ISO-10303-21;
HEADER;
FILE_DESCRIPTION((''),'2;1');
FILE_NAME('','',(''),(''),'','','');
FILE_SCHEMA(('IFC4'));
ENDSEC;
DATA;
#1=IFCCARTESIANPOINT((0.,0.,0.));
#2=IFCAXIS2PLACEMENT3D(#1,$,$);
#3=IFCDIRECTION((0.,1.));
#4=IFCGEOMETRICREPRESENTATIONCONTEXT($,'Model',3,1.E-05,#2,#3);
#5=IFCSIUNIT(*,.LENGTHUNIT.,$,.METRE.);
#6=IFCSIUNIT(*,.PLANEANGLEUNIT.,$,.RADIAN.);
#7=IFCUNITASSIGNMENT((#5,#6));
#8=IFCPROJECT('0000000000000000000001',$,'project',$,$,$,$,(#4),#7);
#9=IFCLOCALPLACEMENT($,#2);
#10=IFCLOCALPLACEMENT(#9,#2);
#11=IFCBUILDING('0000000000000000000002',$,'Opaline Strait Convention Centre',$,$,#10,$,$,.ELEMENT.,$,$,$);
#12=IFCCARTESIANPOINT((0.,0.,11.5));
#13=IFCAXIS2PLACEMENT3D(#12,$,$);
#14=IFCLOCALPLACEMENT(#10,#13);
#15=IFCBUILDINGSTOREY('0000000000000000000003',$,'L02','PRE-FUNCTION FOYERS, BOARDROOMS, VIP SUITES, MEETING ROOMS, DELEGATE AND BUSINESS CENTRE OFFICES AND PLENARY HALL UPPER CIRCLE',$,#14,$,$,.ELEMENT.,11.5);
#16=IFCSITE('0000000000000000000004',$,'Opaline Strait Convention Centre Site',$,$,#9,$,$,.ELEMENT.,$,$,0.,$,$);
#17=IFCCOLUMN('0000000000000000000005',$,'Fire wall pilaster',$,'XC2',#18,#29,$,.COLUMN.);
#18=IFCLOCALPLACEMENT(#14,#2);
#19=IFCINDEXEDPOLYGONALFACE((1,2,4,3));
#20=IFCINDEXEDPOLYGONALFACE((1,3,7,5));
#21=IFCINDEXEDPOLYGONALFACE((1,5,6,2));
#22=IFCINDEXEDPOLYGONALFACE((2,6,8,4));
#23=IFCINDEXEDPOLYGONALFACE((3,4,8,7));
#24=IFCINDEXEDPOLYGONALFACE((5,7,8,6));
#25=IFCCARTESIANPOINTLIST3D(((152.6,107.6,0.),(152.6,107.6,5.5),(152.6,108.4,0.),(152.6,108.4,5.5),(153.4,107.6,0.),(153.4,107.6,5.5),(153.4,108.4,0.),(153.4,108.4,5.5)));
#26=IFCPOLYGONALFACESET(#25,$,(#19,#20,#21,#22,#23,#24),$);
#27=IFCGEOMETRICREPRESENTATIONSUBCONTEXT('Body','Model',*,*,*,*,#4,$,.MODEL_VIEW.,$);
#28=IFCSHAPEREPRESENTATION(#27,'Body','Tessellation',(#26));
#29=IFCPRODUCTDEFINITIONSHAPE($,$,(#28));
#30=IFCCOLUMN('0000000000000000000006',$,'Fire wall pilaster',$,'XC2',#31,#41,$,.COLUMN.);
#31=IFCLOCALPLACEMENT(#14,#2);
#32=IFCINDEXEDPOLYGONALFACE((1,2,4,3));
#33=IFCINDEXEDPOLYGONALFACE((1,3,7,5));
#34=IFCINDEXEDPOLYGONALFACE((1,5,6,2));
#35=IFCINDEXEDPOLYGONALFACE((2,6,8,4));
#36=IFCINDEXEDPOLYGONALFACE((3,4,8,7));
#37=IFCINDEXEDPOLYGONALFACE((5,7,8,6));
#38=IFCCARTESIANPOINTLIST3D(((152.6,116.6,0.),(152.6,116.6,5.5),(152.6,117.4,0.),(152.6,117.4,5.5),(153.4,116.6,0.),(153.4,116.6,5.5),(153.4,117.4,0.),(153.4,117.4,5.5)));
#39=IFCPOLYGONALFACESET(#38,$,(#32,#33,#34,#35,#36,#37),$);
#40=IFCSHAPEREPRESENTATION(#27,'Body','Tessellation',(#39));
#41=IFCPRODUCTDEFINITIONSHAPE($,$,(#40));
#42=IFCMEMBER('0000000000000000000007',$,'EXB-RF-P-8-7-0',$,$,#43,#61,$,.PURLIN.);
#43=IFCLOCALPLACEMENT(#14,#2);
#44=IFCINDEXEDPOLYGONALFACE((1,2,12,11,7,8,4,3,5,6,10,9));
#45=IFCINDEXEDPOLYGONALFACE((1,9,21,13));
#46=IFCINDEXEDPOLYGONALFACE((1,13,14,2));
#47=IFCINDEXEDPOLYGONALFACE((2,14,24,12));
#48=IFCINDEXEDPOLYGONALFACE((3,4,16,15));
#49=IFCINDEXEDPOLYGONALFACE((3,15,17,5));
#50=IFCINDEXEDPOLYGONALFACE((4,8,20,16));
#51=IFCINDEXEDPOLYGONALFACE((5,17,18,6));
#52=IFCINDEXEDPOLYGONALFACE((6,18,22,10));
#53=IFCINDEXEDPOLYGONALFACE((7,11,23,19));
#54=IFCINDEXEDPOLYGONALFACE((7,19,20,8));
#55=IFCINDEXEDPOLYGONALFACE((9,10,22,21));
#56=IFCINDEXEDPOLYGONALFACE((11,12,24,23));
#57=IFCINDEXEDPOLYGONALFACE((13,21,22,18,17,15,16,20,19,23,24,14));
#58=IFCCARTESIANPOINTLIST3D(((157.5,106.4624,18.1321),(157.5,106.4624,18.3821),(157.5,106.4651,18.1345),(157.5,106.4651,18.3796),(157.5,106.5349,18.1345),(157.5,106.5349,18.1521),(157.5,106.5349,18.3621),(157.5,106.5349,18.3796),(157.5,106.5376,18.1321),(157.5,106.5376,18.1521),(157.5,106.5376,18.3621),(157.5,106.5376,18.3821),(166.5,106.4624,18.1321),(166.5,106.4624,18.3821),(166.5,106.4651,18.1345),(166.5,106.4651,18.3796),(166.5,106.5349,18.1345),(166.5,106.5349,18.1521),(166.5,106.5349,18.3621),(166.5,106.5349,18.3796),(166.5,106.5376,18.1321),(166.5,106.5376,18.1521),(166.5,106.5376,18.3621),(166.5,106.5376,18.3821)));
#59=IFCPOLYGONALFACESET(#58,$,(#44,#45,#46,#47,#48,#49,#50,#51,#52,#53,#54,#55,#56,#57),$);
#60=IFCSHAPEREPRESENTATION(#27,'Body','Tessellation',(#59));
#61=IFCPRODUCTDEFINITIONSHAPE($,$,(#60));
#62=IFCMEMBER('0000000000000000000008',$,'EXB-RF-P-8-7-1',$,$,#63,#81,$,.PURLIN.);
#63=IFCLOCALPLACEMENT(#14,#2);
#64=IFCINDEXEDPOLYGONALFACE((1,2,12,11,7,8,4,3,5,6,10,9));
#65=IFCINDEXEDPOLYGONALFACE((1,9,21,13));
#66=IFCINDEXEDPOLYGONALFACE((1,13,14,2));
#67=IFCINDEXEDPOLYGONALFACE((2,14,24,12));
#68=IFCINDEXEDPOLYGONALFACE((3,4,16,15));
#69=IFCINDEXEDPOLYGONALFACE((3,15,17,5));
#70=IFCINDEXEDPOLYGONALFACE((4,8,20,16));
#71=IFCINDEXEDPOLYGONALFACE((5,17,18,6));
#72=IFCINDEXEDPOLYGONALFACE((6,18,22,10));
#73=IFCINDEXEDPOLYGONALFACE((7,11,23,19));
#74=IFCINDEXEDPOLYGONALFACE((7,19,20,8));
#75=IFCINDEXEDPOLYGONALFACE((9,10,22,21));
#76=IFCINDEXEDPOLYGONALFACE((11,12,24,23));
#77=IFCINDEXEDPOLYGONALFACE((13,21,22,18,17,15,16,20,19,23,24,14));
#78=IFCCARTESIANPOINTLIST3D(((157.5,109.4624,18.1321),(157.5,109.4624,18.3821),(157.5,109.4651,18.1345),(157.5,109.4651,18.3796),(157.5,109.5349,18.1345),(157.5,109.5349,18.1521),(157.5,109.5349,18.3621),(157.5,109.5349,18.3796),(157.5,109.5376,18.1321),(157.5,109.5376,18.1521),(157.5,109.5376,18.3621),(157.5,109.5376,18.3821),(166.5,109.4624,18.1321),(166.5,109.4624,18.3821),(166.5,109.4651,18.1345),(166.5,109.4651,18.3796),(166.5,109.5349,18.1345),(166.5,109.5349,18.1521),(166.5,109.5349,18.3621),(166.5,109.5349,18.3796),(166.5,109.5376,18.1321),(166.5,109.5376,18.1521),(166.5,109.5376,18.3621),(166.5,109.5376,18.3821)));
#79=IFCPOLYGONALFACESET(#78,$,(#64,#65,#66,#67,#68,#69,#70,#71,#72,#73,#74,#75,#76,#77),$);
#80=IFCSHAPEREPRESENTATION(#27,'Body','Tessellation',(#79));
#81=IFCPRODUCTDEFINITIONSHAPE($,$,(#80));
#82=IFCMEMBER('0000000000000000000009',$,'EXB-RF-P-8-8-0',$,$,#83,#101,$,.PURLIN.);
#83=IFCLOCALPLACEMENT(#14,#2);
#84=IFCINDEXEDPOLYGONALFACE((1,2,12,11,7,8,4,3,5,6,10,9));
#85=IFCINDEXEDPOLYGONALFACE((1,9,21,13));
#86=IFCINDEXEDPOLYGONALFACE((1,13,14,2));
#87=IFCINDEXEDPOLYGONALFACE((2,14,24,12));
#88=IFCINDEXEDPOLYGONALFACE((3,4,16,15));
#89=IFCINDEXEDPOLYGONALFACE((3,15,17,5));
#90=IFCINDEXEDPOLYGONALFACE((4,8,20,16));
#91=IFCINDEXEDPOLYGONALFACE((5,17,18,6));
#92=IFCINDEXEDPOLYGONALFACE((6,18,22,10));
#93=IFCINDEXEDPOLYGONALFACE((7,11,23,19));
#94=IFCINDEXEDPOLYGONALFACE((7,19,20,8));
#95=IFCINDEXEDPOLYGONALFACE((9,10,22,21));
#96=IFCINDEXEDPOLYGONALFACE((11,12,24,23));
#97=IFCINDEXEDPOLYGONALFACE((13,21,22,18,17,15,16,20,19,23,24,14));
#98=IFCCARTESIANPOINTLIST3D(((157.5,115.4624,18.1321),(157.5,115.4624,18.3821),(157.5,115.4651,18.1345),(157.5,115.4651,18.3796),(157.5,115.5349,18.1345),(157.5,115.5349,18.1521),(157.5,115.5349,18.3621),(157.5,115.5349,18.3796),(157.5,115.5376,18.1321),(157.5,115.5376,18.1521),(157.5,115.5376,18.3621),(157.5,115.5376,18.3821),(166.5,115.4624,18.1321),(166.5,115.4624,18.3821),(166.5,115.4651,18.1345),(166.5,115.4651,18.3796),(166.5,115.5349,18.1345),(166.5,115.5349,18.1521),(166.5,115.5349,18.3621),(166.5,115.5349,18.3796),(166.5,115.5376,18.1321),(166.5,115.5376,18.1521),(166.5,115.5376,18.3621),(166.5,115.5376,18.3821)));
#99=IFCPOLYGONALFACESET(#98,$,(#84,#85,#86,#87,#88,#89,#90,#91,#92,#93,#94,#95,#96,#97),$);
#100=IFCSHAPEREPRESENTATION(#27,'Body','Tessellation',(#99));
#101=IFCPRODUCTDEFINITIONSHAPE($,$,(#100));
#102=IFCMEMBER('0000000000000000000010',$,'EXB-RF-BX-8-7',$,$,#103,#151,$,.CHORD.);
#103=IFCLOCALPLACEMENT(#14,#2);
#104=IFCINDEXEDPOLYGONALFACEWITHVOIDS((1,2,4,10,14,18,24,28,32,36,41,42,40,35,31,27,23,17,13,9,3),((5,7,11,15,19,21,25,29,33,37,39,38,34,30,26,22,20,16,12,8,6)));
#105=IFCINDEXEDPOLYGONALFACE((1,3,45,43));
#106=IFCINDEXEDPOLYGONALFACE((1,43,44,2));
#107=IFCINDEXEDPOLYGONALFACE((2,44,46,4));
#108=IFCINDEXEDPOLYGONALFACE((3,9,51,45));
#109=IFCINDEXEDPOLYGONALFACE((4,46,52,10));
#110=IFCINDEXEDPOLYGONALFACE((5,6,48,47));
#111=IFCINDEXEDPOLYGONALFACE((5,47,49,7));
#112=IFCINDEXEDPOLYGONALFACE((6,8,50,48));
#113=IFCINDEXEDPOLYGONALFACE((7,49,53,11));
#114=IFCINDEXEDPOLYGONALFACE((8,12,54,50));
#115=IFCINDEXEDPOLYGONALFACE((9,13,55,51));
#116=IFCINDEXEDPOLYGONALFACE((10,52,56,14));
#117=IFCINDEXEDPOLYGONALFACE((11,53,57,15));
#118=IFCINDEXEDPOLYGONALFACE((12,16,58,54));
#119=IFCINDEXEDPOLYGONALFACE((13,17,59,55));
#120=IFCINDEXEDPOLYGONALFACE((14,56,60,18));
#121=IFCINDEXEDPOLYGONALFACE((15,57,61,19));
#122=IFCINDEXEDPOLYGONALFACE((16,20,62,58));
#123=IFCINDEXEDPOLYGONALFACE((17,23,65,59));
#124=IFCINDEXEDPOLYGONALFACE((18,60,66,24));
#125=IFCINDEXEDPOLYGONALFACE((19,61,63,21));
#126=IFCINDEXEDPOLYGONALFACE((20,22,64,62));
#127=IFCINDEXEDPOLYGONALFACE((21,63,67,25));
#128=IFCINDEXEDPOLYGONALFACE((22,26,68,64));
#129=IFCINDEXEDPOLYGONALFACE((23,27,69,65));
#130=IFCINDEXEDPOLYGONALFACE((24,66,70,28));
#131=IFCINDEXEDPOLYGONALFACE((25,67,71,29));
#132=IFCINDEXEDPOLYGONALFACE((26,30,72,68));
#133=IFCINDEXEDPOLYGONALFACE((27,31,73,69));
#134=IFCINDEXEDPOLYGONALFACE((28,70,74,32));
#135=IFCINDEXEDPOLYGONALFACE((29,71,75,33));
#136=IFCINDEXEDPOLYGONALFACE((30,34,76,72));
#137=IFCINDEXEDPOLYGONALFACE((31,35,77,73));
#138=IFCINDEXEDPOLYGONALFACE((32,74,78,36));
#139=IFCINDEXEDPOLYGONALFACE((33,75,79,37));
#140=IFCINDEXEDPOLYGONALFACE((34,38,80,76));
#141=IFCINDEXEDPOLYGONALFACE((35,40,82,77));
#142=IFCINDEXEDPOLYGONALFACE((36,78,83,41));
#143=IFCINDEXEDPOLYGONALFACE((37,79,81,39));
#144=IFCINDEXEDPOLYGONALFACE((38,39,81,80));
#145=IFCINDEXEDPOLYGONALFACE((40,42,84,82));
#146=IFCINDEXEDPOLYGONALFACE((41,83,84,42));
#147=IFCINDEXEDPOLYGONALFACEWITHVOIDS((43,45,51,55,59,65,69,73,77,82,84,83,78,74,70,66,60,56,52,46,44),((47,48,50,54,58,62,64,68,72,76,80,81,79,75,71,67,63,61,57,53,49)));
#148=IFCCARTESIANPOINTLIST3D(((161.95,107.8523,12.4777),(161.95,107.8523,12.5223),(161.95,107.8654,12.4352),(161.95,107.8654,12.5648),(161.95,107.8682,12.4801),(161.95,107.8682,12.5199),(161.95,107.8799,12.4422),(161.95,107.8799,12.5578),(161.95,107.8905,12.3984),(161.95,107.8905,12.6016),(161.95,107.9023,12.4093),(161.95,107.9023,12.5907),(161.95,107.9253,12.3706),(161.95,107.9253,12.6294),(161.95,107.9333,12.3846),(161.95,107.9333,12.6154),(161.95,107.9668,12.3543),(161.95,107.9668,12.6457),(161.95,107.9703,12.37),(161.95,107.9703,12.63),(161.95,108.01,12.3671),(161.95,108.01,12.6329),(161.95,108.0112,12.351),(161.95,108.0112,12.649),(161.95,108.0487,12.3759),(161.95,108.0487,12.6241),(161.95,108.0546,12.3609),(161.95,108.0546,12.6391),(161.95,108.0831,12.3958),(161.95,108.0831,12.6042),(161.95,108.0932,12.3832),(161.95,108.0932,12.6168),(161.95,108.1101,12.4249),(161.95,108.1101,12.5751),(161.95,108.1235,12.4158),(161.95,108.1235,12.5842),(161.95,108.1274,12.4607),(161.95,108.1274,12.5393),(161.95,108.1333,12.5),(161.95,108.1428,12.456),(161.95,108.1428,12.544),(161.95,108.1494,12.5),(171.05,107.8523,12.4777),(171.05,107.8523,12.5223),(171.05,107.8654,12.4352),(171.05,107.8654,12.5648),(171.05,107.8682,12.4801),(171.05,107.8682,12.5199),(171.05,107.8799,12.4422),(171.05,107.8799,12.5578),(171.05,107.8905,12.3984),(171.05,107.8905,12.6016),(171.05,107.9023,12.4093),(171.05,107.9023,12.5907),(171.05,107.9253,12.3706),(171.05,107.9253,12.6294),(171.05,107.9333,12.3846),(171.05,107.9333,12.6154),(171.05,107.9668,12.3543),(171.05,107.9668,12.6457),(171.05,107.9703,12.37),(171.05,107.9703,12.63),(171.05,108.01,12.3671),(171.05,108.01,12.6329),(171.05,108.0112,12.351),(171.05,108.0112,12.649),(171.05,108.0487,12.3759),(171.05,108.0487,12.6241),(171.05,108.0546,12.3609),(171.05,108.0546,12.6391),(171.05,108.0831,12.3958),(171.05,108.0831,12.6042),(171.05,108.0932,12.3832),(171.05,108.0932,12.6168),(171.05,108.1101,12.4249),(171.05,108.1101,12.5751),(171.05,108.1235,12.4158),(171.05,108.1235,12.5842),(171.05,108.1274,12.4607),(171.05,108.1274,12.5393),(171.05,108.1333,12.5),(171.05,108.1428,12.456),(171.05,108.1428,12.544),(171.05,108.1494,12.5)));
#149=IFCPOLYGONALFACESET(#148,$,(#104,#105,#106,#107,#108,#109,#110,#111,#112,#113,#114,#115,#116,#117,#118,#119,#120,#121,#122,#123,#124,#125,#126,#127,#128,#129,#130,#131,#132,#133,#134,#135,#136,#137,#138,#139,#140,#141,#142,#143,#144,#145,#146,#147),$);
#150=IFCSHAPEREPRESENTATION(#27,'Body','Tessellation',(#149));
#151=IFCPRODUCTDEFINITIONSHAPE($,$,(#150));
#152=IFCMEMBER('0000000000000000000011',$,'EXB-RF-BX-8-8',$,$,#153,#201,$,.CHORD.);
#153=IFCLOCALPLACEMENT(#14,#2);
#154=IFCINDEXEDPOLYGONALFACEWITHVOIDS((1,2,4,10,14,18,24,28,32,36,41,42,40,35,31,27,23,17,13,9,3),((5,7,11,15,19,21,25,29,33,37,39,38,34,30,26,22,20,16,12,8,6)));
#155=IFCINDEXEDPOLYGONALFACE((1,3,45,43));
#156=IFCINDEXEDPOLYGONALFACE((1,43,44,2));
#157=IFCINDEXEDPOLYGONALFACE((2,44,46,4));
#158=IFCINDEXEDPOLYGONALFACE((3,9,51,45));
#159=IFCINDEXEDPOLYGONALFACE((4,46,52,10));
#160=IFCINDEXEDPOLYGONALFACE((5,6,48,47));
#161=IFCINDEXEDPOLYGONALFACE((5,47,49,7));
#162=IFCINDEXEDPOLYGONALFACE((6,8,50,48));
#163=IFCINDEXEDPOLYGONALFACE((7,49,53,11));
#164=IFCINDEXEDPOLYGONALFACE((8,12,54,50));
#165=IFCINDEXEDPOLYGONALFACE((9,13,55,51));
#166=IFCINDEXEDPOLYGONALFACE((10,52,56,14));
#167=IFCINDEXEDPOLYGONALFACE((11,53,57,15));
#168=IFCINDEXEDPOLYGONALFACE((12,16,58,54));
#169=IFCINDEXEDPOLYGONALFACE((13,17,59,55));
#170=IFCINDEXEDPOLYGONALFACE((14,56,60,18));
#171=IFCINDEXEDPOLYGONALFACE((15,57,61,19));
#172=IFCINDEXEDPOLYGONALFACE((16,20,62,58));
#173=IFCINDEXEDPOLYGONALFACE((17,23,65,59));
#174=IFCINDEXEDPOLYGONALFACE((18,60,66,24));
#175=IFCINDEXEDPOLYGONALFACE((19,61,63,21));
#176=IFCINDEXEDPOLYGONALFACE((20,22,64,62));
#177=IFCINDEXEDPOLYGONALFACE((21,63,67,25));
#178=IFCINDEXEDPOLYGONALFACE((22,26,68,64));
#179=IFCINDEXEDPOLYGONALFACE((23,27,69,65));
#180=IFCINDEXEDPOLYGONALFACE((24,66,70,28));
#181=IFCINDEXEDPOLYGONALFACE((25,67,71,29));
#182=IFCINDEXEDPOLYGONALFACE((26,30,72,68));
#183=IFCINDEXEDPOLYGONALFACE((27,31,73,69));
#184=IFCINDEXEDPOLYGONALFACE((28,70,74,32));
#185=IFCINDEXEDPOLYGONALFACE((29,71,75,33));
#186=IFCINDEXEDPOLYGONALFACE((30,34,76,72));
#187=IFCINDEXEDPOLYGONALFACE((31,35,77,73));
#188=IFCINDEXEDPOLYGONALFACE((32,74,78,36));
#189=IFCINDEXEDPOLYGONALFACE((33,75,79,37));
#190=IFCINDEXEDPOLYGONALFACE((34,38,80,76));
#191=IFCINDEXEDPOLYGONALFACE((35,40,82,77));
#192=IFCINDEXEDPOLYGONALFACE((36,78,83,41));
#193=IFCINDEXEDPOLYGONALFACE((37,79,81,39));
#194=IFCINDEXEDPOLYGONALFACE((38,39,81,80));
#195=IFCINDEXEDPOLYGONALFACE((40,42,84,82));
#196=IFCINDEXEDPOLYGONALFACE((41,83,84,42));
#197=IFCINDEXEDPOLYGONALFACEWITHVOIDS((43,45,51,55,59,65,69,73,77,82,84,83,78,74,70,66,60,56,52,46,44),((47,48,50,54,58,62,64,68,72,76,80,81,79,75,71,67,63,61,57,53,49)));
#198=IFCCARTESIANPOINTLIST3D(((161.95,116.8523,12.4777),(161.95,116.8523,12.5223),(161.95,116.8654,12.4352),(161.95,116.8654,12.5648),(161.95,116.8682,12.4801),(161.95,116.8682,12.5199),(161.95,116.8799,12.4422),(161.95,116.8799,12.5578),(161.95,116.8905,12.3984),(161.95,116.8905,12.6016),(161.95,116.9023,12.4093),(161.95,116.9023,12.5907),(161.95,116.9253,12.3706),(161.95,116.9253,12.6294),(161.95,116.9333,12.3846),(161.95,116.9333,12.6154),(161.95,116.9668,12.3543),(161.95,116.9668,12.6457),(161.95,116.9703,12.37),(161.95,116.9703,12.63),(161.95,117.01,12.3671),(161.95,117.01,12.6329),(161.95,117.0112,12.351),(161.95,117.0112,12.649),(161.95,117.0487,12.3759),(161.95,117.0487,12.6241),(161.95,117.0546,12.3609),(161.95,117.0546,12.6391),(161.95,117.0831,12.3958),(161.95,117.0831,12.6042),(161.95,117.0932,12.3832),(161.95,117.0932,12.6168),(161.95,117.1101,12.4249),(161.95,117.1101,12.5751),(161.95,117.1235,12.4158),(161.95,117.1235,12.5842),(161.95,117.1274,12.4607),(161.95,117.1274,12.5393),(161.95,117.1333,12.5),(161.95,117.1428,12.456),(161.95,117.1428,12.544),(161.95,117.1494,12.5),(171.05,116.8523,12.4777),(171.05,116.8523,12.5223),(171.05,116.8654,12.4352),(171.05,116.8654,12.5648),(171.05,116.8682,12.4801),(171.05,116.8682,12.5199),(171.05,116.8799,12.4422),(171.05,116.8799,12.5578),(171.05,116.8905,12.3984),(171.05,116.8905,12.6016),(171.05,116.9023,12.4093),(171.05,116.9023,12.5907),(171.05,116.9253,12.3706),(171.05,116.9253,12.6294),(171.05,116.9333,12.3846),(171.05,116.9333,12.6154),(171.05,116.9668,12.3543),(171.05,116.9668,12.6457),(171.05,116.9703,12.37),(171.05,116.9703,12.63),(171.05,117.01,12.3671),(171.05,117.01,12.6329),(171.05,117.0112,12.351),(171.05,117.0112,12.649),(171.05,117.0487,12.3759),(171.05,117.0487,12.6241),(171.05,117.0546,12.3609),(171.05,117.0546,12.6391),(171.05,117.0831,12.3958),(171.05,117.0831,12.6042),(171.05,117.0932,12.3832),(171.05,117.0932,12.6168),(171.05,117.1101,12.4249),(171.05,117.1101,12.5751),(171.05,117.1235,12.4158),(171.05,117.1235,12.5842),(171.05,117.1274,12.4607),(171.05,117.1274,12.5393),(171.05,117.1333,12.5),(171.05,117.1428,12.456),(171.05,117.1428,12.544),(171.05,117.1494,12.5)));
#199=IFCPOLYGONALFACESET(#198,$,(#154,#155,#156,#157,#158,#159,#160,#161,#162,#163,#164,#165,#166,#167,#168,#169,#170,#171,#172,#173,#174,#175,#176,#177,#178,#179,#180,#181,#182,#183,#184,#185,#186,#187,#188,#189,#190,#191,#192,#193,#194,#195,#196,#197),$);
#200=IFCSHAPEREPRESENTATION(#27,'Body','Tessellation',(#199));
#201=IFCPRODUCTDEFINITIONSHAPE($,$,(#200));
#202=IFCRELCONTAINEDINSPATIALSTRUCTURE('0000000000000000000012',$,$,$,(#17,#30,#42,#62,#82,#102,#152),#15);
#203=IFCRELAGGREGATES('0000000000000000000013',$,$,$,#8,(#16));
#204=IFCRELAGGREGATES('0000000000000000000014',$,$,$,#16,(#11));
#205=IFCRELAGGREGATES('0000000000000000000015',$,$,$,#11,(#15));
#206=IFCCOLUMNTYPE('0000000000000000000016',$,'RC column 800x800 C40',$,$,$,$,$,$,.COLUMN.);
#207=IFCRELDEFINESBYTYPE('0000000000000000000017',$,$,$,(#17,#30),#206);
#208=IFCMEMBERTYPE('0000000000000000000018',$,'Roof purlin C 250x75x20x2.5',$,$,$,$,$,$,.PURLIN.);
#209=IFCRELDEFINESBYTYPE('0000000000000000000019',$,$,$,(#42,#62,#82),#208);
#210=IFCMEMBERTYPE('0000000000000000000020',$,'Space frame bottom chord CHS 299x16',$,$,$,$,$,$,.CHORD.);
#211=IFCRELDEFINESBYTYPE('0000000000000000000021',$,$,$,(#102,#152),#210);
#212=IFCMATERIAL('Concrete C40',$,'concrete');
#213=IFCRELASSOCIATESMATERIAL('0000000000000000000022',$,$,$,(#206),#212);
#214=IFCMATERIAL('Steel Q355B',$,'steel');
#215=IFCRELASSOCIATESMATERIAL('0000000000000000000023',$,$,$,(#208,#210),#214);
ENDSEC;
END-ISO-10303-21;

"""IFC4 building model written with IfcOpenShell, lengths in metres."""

from ifc_helpers import new_model, si_unit, direction, frame, origin, origin_2d, place, context, subcontext, project, spatial, polyline, rectangle, hollow_circle, outline, extrude, material, material_profile, profile_set, type_object, element, save


model = new_model("IFC4")

# Units and contexts
model_context = context("Model", 3, precision=1e-05, world=origin(), true_north=direction((0.0, 1.0)))
body_context = subcontext(model_context, "Body", "Model", "MODEL_VIEW")
ifc_project = project(units=[si_unit("LENGTHUNIT", "METRE"), si_unit("PLANEANGLEUNIT", "RADIAN")], contexts=[model_context])

# Site, building, storey
site_placement = place(None, origin())
site = spatial("IfcSite", under=ifc_project, at=site_placement, Name="Opaline Strait Convention Centre Site", CompositionType="ELEMENT", RefElevation=0.0)
building_placement = place(site_placement, origin())
building = spatial("IfcBuilding", under=site, at=building_placement, Name="Opaline Strait Convention Centre", CompositionType="ELEMENT")
storey_placement = place(building_placement, frame((0.0, 0.0, 11.5)))
storey = spatial("IfcBuildingStorey", under=building, at=storey_placement, Name="L02", Description="PRE-FUNCTION FOYERS, BOARDROOMS, VIP SUITES, MEETING ROOMS, DELEGATE AND BUSINESS CENTRE OFFICES AND PLENARY HALL UPPER CIRCLE", CompositionType="ELEMENT", Elevation=11.5)

# Columns
ifc_material_1 = material(Name="Concrete C40", Category="concrete")
ifc_material_profile_1 = material_profile(ifc_material_1, rectangle(XDim=0.8, YDim=0.8, at=origin_2d()), Name="RC 800x800")
ifc_profile_set_1 = profile_set([ifc_material_profile_1], Name="Concrete C40")
column_type = type_object("IfcColumnType", Name="RC column 800x800 C40", PredefinedType="COLUMN", material=ifc_profile_set_1)
for number, where, z_axis, x_axis, name in (
    (1, (153.0, 108.0, 0.0), (0.0, 0.0, 1.0), (1.0, 0.0, 0.0), "Fire wall pilaster"),
    (2, (153.0, 117.0, 0.0), (0.0, 0.0, 1.0), (1.0, 0.0, 0.0), "Fire wall pilaster"),
):
    element("IfcColumn", number, at=place(storey_placement, frame(where, z_axis=z_axis, x_axis=x_axis)), inside=storey, type_object=column_type, Name=name, ObjectType="XC2", PredefinedType="COLUMN", context=body_context, shape_type="SweptSolid", body=[
        extrude(rectangle(XDim=0.8, YDim=0.8, at=origin_2d()), origin(), (0.0, 0.0, 1.0), 5.5),
    ])

# Members
ifc_material_2 = material(Name="Steel Q355B", Category="steel")
ifc_material_profile_2 = material_profile(ifc_material_2, outline(polyline([(-0.0376, -0.125), (0.0376, -0.125), (0.0376, -0.105), (0.0349, -0.105), (0.0349, -0.1226), (-0.0349, -0.1226), (-0.0349, 0.1226), (0.0349, 0.1226), (0.0349, 0.105), (0.0376, 0.105), (0.0376, 0.125), (-0.0376, 0.125), (-0.0376, -0.125)])), Name="C 250x75x20x2.5")
ifc_profile_set_2 = profile_set([ifc_material_profile_2], Name="Steel Q355B")
member_type_1 = type_object("IfcMemberType", Name="Roof purlin C 250x75x20x2.5", PredefinedType="PURLIN", material=ifc_profile_set_2)
for number, where, z_axis, x_axis, name in (
    (3, (157.5, 106.5, 18.2571), (1.0, 0.0, 0.0), (0.0, 1.0, 0.0), "EXB-RF-P-8-7-0"),
    (4, (157.5, 109.5, 18.2571), (1.0, 0.0, 0.0), (0.0, 1.0, 0.0), "EXB-RF-P-8-7-1"),
    (5, (157.5, 115.5, 18.2571), (1.0, 0.0, 0.0), (0.0, 1.0, 0.0), "EXB-RF-P-8-8-0"),
):
    element("IfcMember", number, at=place(storey_placement, frame(where, z_axis=z_axis, x_axis=x_axis)), inside=storey, type_object=member_type_1, Name=name, PredefinedType="PURLIN", context=body_context, shape_type="SweptSolid", body=[
        extrude(outline(polyline([(-0.0376, -0.125), (0.0376, -0.125), (0.0376, -0.105), (0.0349, -0.105), (0.0349, -0.1226), (-0.0349, -0.1226), (-0.0349, 0.1226), (0.0349, 0.1226), (0.0349, 0.105), (0.0376, 0.105), (0.0376, 0.125), (-0.0376, 0.125), (-0.0376, -0.125)])), origin(), (0.0, 0.0, 1.0), 9.0),
    ])
ifc_material_profile_3 = material_profile(ifc_material_2, hollow_circle(Radius=0.1494, WallThickness=0.0161, at=origin_2d()), Name="CHS 299x16")
ifc_profile_set_3 = profile_set([ifc_material_profile_3], Name="Steel Q355B")
member_type_2 = type_object("IfcMemberType", Name="Space frame bottom chord CHS 299x16", PredefinedType="CHORD", material=ifc_profile_set_3)
for number, where, z_axis, x_axis, name in (
    (6, (161.95, 108.0, 12.5), (1.0, 0.0, 0.0), (0.0, 1.0, 0.0), "EXB-RF-BX-8-7"),
    (7, (161.95, 117.0, 12.5), (1.0, 0.0, 0.0), (0.0, 1.0, 0.0), "EXB-RF-BX-8-8"),
):
    element("IfcMember", number, at=place(storey_placement, frame(where, z_axis=z_axis, x_axis=x_axis)), inside=storey, type_object=member_type_2, Name=name, PredefinedType="CHORD", context=body_context, shape_type="SweptSolid", body=[
        extrude(hollow_circle(Radius=0.1494, WallThickness=0.0161, at=origin_2d()), origin(), (0.0, 0.0, 1.0), 9.1001),
    ])

save(model, "model.ifc")
